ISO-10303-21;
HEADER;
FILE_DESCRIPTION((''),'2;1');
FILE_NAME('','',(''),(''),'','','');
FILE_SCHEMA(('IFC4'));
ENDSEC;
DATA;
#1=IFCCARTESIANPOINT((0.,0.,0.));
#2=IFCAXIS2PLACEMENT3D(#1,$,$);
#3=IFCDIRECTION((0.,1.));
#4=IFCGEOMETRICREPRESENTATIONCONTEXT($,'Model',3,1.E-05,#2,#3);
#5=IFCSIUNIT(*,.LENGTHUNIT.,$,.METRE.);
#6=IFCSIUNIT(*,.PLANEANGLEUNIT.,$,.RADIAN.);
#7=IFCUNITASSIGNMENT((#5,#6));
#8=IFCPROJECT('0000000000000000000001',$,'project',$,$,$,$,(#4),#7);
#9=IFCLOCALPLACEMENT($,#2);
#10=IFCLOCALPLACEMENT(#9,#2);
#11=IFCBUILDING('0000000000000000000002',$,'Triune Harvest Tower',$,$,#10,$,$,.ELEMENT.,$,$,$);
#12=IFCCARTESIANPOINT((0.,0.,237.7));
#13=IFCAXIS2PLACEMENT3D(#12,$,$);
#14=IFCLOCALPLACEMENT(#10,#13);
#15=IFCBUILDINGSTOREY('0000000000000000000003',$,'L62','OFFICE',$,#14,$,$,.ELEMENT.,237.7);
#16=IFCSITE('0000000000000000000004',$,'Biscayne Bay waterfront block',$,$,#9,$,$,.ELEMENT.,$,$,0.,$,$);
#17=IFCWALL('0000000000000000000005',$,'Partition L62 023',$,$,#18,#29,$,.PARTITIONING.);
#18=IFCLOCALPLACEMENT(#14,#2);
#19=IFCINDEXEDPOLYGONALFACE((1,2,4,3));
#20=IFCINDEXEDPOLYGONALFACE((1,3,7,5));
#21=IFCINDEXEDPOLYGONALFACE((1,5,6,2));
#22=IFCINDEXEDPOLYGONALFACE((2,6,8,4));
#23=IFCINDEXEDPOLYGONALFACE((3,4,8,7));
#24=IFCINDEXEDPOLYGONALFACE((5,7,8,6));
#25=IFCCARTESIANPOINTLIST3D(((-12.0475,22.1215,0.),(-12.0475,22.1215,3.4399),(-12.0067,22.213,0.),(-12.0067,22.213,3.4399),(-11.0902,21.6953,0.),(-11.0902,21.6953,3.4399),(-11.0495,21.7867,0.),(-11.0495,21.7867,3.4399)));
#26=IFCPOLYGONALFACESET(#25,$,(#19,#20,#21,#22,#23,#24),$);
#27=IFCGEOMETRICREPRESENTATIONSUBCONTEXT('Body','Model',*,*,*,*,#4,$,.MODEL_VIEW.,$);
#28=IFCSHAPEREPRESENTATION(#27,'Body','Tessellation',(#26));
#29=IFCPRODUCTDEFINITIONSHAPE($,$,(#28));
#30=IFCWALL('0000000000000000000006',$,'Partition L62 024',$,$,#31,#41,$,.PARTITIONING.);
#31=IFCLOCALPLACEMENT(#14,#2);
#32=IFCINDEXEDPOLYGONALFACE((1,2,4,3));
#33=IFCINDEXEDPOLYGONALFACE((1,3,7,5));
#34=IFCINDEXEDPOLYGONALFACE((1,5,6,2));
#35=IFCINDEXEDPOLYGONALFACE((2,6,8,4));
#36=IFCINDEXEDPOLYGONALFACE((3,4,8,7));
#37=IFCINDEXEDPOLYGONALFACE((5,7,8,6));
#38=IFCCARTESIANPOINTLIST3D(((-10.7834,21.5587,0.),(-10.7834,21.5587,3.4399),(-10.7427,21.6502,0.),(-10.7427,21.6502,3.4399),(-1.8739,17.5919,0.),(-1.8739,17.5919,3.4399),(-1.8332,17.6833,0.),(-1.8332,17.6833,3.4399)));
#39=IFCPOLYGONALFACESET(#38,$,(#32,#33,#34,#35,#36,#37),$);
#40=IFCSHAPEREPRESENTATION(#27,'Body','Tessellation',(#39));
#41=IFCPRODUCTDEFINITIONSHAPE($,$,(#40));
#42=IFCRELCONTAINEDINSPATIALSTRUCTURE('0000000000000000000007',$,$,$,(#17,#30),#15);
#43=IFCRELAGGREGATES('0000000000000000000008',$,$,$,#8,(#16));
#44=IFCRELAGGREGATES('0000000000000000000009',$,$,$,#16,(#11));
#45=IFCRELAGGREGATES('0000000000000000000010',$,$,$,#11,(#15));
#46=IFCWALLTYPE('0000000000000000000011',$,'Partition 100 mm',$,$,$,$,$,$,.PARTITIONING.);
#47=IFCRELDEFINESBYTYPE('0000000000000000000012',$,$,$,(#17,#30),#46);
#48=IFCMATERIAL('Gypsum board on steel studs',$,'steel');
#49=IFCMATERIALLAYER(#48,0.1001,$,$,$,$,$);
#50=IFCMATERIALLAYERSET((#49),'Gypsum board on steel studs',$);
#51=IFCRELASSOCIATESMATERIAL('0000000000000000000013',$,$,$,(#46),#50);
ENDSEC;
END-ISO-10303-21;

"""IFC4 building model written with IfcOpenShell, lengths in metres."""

from ifc_helpers import new_model, si_unit, direction, frame, frame_2d, origin, place, context, subcontext, project, spatial, rectangle, extrude, source, transform, mapped, material, layer, layer_set, type_object, element, save


model = new_model("IFC4")

# Units and contexts
model_context = context("Model", 3, precision=1e-05, world=origin(), true_north=direction((0.0, 1.0)))
body_context = subcontext(model_context, "Body", "Model", "MODEL_VIEW")
ifc_project = project(units=[si_unit("LENGTHUNIT", "METRE"), si_unit("PLANEANGLEUNIT", "RADIAN")], contexts=[model_context])

# Site, building, storey
site_placement = place(None, origin())
site = spatial("IfcSite", under=ifc_project, at=site_placement, Name="Biscayne Bay waterfront block", CompositionType="ELEMENT", RefElevation=0.0)
building_placement = place(site_placement, origin())
building = spatial("IfcBuilding", under=site, at=building_placement, Name="Triune Harvest Tower", CompositionType="ELEMENT")
storey_placement = place(building_placement, frame((0.0, 0.0, 237.7)))
storey = spatial("IfcBuildingStorey", under=building, at=storey_placement, Name="L62", Description="OFFICE", CompositionType="ELEMENT", Elevation=237.7)

# Walls
ifc_material_1 = material(Name="Gypsum board on steel studs", Category="steel")
ifc_layer_1 = layer(ifc_material_1, 0.1001)
ifc_layer_set_1 = layer_set([ifc_layer_1], Name="Gypsum board on steel studs")
wall_type = type_object("IfcWallType", Name="Partition 100 mm", PredefinedType="PARTITIONING", material=ifc_layer_set_1)
shared_shape_1 = source(origin(), body_context, "Body", "SweptSolid", [
    extrude(rectangle(XDim=1.0479, YDim=0.1001, at=frame_2d((0.5239, 0.0))), origin(), (0.0, 0.0, 1.0), 3.4399),
])
wall_1_placement = place(storey_placement, frame((-12.0271, 22.1672, 0.0), z_axis=(0.0, 0.0, 1.0), x_axis=(0.913523, -0.406787, 0.0)))
element("IfcWall", 1, at=wall_1_placement, inside=storey, type_object=wall_type, Name="Partition L62 023", PredefinedType="PARTITIONING", context=body_context, shape_type="MappedRepresentation", body=[
    mapped(shared_shape_1, transform((0.0, 0.0, 0.0), scale=1.0)),
])
shared_shape_2 = source(origin(), body_context, "Body", "SweptSolid", [
    extrude(rectangle(XDim=9.7527, YDim=0.1001, at=frame_2d((4.8765, 0.0))), origin(), (0.0, 0.0, 1.0), 3.4399),
])
wall_2_placement = place(storey_placement, frame((-10.7632, 21.6045, 0.0), z_axis=(0.0, 0.0, 1.0), x_axis=(0.913543, -0.406742, 0.0)))
element("IfcWall", 2, at=wall_2_placement, inside=storey, type_object=wall_type, Name="Partition L62 024", PredefinedType="PARTITIONING", context=body_context, shape_type="MappedRepresentation", body=[
    mapped(shared_shape_2, transform((0.0, 0.0, 0.0), scale=1.0)),
])

save(model, "model.ifc")
